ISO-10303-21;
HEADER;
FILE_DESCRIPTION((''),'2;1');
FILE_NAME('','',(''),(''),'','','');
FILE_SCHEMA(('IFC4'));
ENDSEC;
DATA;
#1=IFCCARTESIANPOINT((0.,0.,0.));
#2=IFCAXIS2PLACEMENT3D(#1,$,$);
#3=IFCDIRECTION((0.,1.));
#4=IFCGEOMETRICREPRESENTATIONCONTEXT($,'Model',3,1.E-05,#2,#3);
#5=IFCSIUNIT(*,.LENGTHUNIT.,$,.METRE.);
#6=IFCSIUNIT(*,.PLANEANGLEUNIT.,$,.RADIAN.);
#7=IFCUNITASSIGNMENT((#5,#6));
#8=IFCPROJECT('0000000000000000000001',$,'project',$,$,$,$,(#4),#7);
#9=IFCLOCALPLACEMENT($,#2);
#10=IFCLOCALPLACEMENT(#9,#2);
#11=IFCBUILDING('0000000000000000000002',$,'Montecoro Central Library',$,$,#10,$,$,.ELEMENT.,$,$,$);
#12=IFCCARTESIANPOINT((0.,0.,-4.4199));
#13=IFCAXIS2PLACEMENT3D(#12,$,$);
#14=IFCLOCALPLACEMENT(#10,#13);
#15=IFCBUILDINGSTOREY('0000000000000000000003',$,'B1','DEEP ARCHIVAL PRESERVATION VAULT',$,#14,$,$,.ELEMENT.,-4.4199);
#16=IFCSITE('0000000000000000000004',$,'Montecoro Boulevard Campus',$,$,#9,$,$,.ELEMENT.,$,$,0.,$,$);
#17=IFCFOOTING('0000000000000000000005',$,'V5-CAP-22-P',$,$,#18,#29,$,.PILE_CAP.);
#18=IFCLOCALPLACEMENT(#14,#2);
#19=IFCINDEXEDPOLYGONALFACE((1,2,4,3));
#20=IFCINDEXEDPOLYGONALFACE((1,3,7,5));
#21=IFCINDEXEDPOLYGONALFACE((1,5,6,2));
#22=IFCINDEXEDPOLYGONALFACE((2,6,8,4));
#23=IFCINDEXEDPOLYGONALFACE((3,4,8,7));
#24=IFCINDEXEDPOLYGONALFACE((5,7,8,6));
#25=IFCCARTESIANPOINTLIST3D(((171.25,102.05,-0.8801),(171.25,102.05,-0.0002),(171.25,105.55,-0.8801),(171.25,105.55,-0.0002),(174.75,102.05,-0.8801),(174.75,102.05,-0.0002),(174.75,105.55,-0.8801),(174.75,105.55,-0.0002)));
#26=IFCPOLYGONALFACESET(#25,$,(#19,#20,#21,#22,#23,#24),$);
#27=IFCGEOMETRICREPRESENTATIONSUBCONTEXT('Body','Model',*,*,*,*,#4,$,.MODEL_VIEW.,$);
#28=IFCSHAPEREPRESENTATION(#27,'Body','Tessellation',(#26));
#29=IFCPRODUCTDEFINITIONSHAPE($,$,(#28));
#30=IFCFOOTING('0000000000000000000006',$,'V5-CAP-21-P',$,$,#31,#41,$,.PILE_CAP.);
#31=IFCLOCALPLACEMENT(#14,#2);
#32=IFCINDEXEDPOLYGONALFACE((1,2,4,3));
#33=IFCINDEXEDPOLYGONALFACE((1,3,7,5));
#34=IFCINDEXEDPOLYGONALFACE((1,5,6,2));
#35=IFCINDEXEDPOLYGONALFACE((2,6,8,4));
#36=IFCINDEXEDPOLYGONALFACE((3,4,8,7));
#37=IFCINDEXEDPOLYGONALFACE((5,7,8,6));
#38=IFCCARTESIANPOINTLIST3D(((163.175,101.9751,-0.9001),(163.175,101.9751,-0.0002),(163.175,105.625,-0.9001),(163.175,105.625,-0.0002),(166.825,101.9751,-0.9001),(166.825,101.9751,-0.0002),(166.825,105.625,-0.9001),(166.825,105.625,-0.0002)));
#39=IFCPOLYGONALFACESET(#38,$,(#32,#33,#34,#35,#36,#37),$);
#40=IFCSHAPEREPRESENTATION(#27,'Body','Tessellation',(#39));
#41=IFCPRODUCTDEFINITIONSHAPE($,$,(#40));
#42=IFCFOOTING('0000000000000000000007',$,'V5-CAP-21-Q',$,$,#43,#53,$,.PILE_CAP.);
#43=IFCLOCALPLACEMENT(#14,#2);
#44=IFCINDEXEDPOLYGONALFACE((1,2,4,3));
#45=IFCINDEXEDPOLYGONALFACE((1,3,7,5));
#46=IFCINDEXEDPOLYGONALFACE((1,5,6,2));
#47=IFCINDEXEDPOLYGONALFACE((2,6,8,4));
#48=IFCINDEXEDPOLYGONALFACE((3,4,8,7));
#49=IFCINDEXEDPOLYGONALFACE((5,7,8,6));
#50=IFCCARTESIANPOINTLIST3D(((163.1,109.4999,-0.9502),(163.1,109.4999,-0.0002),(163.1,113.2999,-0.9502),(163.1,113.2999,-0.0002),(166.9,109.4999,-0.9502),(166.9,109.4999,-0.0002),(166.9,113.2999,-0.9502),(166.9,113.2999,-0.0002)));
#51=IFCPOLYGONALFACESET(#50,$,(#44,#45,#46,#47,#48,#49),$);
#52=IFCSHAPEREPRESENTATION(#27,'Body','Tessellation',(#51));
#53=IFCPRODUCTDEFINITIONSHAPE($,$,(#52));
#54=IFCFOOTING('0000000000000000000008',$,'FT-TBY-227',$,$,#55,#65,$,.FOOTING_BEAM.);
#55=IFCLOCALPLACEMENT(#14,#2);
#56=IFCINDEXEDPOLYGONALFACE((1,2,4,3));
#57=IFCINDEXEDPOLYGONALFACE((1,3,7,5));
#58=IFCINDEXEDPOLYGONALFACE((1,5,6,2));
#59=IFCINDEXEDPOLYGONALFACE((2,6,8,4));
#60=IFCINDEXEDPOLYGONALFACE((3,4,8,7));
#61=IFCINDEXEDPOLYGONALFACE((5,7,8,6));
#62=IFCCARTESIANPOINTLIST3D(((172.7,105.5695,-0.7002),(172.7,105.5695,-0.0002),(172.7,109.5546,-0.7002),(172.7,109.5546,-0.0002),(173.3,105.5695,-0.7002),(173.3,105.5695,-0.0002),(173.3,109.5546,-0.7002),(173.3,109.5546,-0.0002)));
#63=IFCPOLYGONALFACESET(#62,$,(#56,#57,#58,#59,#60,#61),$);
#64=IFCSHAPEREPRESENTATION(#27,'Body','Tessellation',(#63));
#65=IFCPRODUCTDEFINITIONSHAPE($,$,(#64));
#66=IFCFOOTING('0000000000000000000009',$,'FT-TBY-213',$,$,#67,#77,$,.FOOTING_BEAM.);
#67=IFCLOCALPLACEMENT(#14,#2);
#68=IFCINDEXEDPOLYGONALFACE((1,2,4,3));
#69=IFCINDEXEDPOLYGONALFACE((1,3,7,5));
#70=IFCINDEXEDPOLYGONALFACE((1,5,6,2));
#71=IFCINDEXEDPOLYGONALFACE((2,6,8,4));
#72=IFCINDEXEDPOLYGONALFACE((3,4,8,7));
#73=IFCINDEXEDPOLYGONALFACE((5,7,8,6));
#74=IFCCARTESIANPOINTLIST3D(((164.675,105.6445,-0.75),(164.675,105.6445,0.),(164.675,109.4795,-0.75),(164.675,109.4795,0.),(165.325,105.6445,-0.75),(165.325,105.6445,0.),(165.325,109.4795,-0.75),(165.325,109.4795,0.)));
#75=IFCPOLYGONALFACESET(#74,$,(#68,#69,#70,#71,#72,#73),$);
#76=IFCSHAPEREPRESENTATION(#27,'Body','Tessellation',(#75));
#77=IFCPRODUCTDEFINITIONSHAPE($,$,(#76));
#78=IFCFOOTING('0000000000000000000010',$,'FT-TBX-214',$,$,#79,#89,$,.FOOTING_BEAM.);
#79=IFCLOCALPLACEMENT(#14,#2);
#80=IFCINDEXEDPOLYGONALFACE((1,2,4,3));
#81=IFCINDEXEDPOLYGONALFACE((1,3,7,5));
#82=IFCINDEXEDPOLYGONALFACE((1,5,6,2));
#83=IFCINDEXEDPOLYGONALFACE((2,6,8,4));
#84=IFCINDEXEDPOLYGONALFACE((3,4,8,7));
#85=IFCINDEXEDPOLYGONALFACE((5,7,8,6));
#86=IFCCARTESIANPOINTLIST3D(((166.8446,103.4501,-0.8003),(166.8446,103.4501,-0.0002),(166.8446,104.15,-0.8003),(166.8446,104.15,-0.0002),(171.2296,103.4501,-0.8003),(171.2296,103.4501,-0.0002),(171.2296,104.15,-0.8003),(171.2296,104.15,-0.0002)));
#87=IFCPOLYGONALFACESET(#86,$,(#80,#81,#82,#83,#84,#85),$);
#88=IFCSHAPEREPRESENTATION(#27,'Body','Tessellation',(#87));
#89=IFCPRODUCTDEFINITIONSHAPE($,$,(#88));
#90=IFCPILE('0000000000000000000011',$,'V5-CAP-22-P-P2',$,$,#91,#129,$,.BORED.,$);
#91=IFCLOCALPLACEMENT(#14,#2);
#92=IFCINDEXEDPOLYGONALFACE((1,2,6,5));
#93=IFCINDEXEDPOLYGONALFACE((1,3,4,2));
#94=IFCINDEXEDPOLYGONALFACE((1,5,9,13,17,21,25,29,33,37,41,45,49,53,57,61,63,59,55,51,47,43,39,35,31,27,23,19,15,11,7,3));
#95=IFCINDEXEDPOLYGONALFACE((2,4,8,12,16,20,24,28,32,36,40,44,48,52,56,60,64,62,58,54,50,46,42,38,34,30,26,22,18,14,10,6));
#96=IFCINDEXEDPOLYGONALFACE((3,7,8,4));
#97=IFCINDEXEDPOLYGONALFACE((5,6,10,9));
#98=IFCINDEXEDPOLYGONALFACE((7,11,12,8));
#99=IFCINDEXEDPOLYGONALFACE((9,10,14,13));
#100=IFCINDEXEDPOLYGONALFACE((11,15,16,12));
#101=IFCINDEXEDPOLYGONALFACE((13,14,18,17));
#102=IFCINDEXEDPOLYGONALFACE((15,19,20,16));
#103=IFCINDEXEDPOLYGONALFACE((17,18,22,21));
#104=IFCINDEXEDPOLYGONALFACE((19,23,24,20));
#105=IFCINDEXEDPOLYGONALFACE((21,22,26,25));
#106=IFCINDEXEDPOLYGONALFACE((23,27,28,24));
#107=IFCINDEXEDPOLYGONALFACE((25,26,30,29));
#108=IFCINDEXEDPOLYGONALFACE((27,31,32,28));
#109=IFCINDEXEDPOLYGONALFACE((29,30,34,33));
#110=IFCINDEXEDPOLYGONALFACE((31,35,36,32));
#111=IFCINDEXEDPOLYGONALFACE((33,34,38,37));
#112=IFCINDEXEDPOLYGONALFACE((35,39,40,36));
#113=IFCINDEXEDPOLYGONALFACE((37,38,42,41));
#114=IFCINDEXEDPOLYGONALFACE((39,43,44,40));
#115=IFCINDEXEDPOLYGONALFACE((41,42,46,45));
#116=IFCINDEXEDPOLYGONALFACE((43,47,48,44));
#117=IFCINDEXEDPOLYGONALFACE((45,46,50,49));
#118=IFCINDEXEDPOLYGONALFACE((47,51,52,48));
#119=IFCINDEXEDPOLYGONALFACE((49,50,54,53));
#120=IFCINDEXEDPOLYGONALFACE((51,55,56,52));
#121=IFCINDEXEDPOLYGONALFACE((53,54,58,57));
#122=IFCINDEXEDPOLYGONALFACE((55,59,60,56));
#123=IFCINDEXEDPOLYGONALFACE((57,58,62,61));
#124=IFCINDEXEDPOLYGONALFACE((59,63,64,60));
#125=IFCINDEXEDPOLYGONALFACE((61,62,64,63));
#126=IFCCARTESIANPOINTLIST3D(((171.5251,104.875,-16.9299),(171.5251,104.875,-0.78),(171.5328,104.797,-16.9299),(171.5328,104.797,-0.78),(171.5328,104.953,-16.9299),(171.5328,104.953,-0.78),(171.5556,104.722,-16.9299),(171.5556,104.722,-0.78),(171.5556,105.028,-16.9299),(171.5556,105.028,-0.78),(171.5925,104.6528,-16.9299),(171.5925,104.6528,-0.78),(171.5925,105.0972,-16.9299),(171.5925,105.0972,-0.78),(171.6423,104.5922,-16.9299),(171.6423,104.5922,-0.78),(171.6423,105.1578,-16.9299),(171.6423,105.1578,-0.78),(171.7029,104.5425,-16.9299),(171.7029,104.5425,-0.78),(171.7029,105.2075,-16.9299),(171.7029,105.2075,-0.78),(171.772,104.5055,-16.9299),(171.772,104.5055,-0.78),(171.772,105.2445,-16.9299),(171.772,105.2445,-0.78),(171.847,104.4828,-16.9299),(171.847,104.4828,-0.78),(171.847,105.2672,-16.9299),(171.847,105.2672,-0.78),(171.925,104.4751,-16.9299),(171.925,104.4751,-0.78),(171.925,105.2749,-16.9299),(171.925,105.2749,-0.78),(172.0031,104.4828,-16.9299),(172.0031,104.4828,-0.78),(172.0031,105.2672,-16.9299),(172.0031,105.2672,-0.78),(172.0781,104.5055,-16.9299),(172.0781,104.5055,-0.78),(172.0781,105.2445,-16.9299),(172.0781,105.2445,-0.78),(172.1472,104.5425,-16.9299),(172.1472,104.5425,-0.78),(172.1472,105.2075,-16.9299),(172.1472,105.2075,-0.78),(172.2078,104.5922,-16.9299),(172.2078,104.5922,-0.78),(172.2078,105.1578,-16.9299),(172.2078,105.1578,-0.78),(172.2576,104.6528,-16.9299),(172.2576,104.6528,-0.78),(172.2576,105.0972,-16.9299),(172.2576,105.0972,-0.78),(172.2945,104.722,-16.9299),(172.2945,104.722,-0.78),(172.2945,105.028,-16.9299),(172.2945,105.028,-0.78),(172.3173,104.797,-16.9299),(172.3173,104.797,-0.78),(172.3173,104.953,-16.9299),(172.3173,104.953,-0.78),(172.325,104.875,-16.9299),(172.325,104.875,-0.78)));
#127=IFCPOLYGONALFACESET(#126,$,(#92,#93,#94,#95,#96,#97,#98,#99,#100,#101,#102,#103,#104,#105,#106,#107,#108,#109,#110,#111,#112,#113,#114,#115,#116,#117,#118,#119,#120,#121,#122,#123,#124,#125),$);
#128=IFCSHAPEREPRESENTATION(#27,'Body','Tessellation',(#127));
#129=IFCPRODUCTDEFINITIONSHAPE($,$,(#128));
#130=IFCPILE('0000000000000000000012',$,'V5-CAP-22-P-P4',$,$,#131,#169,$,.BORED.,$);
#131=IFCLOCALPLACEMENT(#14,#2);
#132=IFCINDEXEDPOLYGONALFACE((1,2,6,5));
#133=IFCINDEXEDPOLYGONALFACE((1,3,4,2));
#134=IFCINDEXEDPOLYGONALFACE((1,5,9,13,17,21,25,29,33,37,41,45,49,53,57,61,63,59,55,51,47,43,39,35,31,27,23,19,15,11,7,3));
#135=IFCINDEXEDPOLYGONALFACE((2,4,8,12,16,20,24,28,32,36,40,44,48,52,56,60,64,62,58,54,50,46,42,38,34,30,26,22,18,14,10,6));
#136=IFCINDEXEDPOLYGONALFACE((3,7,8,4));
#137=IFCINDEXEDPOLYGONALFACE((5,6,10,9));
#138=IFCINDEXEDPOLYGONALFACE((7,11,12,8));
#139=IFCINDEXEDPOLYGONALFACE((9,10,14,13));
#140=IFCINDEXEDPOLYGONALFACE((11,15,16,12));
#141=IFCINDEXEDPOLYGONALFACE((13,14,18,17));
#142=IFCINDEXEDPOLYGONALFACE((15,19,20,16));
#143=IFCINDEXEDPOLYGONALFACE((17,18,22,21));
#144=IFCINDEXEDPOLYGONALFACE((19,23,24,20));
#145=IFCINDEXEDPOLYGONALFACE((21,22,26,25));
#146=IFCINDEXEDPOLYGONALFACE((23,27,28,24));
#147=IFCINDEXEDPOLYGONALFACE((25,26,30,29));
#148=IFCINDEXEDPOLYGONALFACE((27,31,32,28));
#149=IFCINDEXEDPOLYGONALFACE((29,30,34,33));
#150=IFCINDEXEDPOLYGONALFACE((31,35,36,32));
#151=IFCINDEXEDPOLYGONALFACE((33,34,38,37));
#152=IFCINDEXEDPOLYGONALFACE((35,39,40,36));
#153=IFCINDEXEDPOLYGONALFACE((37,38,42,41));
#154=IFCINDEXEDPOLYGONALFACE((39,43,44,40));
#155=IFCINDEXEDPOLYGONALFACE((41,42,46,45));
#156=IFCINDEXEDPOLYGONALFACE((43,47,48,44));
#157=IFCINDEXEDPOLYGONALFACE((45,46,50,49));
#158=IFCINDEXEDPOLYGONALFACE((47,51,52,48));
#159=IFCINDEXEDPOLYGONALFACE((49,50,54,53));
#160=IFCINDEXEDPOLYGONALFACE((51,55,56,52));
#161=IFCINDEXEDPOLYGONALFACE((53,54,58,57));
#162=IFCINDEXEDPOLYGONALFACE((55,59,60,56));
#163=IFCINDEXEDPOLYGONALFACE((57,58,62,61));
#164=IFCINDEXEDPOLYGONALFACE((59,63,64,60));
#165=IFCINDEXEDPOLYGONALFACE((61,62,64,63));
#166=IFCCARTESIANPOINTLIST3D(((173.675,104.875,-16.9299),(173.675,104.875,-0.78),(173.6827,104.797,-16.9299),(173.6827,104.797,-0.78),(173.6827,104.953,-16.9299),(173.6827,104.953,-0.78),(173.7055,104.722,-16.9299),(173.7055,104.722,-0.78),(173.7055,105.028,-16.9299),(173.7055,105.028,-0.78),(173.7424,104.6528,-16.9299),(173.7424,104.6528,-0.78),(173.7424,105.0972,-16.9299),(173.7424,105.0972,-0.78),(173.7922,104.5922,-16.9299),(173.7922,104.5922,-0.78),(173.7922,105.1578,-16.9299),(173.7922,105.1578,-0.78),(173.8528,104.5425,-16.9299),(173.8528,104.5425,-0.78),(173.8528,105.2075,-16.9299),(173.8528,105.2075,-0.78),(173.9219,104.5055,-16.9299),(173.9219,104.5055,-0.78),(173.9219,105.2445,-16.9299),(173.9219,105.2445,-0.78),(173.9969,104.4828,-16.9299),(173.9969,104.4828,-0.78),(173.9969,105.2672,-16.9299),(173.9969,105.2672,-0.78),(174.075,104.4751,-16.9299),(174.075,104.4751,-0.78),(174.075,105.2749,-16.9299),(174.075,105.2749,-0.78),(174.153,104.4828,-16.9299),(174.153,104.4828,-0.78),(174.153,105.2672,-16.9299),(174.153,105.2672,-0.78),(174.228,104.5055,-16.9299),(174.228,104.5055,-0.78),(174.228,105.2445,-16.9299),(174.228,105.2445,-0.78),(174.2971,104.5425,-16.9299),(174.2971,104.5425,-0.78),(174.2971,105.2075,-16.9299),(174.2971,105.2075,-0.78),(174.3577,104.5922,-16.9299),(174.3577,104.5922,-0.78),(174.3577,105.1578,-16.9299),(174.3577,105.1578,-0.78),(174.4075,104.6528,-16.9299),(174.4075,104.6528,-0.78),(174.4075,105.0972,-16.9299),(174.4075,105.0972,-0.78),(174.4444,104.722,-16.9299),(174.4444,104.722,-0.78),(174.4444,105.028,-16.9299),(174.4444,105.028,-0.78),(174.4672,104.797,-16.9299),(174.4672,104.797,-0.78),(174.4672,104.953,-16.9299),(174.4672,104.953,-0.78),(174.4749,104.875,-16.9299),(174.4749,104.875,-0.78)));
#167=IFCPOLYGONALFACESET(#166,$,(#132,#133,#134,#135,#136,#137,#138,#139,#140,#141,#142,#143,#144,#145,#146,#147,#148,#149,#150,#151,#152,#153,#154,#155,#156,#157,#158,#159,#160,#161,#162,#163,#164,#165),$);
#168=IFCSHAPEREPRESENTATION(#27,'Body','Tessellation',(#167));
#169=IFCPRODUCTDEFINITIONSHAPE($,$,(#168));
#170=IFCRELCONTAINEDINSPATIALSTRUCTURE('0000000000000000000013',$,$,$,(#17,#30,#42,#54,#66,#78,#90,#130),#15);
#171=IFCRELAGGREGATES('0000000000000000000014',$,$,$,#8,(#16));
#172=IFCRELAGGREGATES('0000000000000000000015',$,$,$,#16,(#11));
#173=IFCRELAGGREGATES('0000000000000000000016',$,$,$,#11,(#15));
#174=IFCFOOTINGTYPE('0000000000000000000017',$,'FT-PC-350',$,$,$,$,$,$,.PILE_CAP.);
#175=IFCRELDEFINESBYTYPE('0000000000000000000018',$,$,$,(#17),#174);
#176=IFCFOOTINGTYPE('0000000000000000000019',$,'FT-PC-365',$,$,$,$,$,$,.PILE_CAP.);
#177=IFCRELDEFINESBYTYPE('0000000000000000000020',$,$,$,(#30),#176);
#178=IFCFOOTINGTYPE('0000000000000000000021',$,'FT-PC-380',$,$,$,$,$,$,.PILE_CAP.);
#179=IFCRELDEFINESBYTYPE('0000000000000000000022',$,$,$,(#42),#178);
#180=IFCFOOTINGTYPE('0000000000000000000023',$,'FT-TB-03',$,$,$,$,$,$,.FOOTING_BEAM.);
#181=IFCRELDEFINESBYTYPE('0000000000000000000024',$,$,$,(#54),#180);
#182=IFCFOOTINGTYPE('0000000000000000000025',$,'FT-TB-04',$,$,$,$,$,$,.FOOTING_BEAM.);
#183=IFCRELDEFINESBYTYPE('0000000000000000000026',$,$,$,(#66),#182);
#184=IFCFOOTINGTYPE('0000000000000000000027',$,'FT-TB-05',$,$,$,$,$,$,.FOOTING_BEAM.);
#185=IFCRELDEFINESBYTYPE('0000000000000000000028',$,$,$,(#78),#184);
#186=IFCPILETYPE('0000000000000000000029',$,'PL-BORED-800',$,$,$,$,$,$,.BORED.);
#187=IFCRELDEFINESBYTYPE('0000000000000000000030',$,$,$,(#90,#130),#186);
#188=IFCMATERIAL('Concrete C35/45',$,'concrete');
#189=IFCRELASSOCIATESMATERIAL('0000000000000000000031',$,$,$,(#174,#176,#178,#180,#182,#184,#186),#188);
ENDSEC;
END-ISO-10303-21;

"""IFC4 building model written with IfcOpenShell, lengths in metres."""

from ifc_helpers import new_model, si_unit, direction, frame, origin, origin_2d, place, context, subcontext, project, spatial, rectangle, circle, extrude, material, material_profile, profile_set, type_object, element, save


model = new_model("IFC4")

# Units and contexts
model_context = context("Model", 3, precision=1e-05, world=origin(), true_north=direction((0.0, 1.0)))
body_context = subcontext(model_context, "Body", "Model", "MODEL_VIEW")
ifc_project = project(units=[si_unit("LENGTHUNIT", "METRE"), si_unit("PLANEANGLEUNIT", "RADIAN")], contexts=[model_context])

# Site, building, storey
site_placement = place(None, origin())
site = spatial("IfcSite", under=ifc_project, at=site_placement, Name="Montecoro Boulevard Campus", CompositionType="ELEMENT", RefElevation=0.0)
building_placement = place(site_placement, origin())
building = spatial("IfcBuilding", under=site, at=building_placement, Name="Montecoro Central Library", CompositionType="ELEMENT")
storey_placement = place(building_placement, frame((0.0, 0.0, -4.4199)))
storey = spatial("IfcBuildingStorey", under=building, at=storey_placement, Name="B1", Description="DEEP ARCHIVAL PRESERVATION VAULT", CompositionType="ELEMENT", Elevation=-4.4199)

# Footings
ifc_material_1 = material(Name="Concrete C35/45", Category="concrete")
footing_type_1 = type_object("IfcFootingType", Name="FT-PC-350", PredefinedType="PILE_CAP", material=ifc_material_1)
footing_1_placement = place(storey_placement, frame((173.0, 103.8, -0.8801), z_axis=(0.0, 0.0, 1.0), x_axis=(1.0, 0.0, 0.0)))
element("IfcFooting", 1, at=footing_1_placement, inside=storey, type_object=footing_type_1, Name="V5-CAP-22-P", PredefinedType="PILE_CAP", context=body_context, shape_type="SweptSolid", body=[
    extrude(rectangle(XDim=3.5, YDim=3.5, at=origin_2d()), origin(), (0.0, 0.0, 1.0), 0.8799),
])
footing_type_2 = type_object("IfcFootingType", Name="FT-PC-365", PredefinedType="PILE_CAP", material=ifc_material_1)
footing_2_placement = place(storey_placement, frame((165.0, 103.8, -0.9001), z_axis=(0.0, 0.0, 1.0), x_axis=(1.0, 0.0, 0.0)))
element("IfcFooting", 2, at=footing_2_placement, inside=storey, type_object=footing_type_2, Name="V5-CAP-21-P", PredefinedType="PILE_CAP", context=body_context, shape_type="SweptSolid", body=[
    extrude(rectangle(XDim=3.6499, YDim=3.6499, at=origin_2d()), origin(), (0.0, 0.0, 1.0), 0.8999),
])
footing_type_3 = type_object("IfcFootingType", Name="FT-PC-380", PredefinedType="PILE_CAP", material=ifc_material_1)
footing_3_placement = place(storey_placement, frame((165.0, 111.3999, -0.9502), z_axis=(0.0, 0.0, 1.0), x_axis=(1.0, 0.0, 0.0)))
element("IfcFooting", 3, at=footing_3_placement, inside=storey, type_object=footing_type_3, Name="V5-CAP-21-Q", PredefinedType="PILE_CAP", context=body_context, shape_type="SweptSolid", body=[
    extrude(rectangle(XDim=3.8, YDim=3.8, at=origin_2d()), origin(), (0.0, 0.0, 1.0), 0.95),
])
footing_type_4 = type_object("IfcFootingType", Name="FT-TB-03", PredefinedType="FOOTING_BEAM", material=ifc_material_1)
footing_4_placement = place(storey_placement, frame((173.0, 107.562, -0.7002), z_axis=(0.0, 0.0, 1.0), x_axis=(1.0, 0.0, 0.0)))
element("IfcFooting", 4, at=footing_4_placement, inside=storey, type_object=footing_type_4, Name="FT-TBY-227", PredefinedType="FOOTING_BEAM", context=body_context, shape_type="SweptSolid", body=[
    extrude(rectangle(XDim=0.6001, YDim=3.9851, at=origin_2d()), origin(), (0.0, 0.0, 1.0), 0.7),
])
footing_type_5 = type_object("IfcFootingType", Name="FT-TB-04", PredefinedType="FOOTING_BEAM", material=ifc_material_1)
footing_5_placement = place(storey_placement, frame((165.0, 107.562, -0.75), z_axis=(0.0, 0.0, 1.0), x_axis=(1.0, 0.0, 0.0)))
element("IfcFooting", 5, at=footing_5_placement, inside=storey, type_object=footing_type_5, Name="FT-TBY-213", PredefinedType="FOOTING_BEAM", context=body_context, shape_type="SweptSolid", body=[
    extrude(rectangle(XDim=0.6499, YDim=3.835, at=origin_2d()), origin(), (0.0, 0.0, 1.0), 0.75),
])
footing_type_6 = type_object("IfcFootingType", Name="FT-TB-05", PredefinedType="FOOTING_BEAM", material=ifc_material_1)
footing_6_placement = place(storey_placement, frame((169.0371, 103.8, -0.8003), z_axis=(0.0, 0.0, 1.0), x_axis=(1.0, 0.0, 0.0)))
element("IfcFooting", 6, at=footing_6_placement, inside=storey, type_object=footing_type_6, Name="FT-TBX-214", PredefinedType="FOOTING_BEAM", context=body_context, shape_type="SweptSolid", body=[
    extrude(rectangle(XDim=4.385, YDim=0.7, at=origin_2d()), origin(), (0.0, 0.0, 1.0), 0.8),
])

# Piles
ifc_material_profile_1 = material_profile(ifc_material_1, circle(Radius=0.3999, at=origin_2d()), Name="PILE D800")
ifc_profile_set_1 = profile_set([ifc_material_profile_1], Name="Concrete C35/45")
pile_type_1 = type_object("IfcPileType", Name="PL-BORED-800", PredefinedType="BORED", material=ifc_profile_set_1)
for number, where, z_axis, x_axis, name in (
    (7, (171.925, 104.875, -0.78), (0.0, 0.0, -1.0), (1.0, 0.0, 0.0), "V5-CAP-22-P-P2"),
    (8, (174.075, 104.875, -0.78), (0.0, 0.0, -1.0), (1.0, 0.0, 0.0), "V5-CAP-22-P-P4"),
):
    element("IfcPile", number, at=place(storey_placement, frame(where, z_axis=z_axis, x_axis=x_axis)), inside=storey, type_object=pile_type_1, Name=name, PredefinedType="BORED", context=body_context, shape_type="SweptSolid", body=[
        extrude(circle(Radius=0.3999, at=origin_2d()), origin(), (0.0, 0.0, 1.0), 16.1499),
    ])

save(model, "model.ifc")
